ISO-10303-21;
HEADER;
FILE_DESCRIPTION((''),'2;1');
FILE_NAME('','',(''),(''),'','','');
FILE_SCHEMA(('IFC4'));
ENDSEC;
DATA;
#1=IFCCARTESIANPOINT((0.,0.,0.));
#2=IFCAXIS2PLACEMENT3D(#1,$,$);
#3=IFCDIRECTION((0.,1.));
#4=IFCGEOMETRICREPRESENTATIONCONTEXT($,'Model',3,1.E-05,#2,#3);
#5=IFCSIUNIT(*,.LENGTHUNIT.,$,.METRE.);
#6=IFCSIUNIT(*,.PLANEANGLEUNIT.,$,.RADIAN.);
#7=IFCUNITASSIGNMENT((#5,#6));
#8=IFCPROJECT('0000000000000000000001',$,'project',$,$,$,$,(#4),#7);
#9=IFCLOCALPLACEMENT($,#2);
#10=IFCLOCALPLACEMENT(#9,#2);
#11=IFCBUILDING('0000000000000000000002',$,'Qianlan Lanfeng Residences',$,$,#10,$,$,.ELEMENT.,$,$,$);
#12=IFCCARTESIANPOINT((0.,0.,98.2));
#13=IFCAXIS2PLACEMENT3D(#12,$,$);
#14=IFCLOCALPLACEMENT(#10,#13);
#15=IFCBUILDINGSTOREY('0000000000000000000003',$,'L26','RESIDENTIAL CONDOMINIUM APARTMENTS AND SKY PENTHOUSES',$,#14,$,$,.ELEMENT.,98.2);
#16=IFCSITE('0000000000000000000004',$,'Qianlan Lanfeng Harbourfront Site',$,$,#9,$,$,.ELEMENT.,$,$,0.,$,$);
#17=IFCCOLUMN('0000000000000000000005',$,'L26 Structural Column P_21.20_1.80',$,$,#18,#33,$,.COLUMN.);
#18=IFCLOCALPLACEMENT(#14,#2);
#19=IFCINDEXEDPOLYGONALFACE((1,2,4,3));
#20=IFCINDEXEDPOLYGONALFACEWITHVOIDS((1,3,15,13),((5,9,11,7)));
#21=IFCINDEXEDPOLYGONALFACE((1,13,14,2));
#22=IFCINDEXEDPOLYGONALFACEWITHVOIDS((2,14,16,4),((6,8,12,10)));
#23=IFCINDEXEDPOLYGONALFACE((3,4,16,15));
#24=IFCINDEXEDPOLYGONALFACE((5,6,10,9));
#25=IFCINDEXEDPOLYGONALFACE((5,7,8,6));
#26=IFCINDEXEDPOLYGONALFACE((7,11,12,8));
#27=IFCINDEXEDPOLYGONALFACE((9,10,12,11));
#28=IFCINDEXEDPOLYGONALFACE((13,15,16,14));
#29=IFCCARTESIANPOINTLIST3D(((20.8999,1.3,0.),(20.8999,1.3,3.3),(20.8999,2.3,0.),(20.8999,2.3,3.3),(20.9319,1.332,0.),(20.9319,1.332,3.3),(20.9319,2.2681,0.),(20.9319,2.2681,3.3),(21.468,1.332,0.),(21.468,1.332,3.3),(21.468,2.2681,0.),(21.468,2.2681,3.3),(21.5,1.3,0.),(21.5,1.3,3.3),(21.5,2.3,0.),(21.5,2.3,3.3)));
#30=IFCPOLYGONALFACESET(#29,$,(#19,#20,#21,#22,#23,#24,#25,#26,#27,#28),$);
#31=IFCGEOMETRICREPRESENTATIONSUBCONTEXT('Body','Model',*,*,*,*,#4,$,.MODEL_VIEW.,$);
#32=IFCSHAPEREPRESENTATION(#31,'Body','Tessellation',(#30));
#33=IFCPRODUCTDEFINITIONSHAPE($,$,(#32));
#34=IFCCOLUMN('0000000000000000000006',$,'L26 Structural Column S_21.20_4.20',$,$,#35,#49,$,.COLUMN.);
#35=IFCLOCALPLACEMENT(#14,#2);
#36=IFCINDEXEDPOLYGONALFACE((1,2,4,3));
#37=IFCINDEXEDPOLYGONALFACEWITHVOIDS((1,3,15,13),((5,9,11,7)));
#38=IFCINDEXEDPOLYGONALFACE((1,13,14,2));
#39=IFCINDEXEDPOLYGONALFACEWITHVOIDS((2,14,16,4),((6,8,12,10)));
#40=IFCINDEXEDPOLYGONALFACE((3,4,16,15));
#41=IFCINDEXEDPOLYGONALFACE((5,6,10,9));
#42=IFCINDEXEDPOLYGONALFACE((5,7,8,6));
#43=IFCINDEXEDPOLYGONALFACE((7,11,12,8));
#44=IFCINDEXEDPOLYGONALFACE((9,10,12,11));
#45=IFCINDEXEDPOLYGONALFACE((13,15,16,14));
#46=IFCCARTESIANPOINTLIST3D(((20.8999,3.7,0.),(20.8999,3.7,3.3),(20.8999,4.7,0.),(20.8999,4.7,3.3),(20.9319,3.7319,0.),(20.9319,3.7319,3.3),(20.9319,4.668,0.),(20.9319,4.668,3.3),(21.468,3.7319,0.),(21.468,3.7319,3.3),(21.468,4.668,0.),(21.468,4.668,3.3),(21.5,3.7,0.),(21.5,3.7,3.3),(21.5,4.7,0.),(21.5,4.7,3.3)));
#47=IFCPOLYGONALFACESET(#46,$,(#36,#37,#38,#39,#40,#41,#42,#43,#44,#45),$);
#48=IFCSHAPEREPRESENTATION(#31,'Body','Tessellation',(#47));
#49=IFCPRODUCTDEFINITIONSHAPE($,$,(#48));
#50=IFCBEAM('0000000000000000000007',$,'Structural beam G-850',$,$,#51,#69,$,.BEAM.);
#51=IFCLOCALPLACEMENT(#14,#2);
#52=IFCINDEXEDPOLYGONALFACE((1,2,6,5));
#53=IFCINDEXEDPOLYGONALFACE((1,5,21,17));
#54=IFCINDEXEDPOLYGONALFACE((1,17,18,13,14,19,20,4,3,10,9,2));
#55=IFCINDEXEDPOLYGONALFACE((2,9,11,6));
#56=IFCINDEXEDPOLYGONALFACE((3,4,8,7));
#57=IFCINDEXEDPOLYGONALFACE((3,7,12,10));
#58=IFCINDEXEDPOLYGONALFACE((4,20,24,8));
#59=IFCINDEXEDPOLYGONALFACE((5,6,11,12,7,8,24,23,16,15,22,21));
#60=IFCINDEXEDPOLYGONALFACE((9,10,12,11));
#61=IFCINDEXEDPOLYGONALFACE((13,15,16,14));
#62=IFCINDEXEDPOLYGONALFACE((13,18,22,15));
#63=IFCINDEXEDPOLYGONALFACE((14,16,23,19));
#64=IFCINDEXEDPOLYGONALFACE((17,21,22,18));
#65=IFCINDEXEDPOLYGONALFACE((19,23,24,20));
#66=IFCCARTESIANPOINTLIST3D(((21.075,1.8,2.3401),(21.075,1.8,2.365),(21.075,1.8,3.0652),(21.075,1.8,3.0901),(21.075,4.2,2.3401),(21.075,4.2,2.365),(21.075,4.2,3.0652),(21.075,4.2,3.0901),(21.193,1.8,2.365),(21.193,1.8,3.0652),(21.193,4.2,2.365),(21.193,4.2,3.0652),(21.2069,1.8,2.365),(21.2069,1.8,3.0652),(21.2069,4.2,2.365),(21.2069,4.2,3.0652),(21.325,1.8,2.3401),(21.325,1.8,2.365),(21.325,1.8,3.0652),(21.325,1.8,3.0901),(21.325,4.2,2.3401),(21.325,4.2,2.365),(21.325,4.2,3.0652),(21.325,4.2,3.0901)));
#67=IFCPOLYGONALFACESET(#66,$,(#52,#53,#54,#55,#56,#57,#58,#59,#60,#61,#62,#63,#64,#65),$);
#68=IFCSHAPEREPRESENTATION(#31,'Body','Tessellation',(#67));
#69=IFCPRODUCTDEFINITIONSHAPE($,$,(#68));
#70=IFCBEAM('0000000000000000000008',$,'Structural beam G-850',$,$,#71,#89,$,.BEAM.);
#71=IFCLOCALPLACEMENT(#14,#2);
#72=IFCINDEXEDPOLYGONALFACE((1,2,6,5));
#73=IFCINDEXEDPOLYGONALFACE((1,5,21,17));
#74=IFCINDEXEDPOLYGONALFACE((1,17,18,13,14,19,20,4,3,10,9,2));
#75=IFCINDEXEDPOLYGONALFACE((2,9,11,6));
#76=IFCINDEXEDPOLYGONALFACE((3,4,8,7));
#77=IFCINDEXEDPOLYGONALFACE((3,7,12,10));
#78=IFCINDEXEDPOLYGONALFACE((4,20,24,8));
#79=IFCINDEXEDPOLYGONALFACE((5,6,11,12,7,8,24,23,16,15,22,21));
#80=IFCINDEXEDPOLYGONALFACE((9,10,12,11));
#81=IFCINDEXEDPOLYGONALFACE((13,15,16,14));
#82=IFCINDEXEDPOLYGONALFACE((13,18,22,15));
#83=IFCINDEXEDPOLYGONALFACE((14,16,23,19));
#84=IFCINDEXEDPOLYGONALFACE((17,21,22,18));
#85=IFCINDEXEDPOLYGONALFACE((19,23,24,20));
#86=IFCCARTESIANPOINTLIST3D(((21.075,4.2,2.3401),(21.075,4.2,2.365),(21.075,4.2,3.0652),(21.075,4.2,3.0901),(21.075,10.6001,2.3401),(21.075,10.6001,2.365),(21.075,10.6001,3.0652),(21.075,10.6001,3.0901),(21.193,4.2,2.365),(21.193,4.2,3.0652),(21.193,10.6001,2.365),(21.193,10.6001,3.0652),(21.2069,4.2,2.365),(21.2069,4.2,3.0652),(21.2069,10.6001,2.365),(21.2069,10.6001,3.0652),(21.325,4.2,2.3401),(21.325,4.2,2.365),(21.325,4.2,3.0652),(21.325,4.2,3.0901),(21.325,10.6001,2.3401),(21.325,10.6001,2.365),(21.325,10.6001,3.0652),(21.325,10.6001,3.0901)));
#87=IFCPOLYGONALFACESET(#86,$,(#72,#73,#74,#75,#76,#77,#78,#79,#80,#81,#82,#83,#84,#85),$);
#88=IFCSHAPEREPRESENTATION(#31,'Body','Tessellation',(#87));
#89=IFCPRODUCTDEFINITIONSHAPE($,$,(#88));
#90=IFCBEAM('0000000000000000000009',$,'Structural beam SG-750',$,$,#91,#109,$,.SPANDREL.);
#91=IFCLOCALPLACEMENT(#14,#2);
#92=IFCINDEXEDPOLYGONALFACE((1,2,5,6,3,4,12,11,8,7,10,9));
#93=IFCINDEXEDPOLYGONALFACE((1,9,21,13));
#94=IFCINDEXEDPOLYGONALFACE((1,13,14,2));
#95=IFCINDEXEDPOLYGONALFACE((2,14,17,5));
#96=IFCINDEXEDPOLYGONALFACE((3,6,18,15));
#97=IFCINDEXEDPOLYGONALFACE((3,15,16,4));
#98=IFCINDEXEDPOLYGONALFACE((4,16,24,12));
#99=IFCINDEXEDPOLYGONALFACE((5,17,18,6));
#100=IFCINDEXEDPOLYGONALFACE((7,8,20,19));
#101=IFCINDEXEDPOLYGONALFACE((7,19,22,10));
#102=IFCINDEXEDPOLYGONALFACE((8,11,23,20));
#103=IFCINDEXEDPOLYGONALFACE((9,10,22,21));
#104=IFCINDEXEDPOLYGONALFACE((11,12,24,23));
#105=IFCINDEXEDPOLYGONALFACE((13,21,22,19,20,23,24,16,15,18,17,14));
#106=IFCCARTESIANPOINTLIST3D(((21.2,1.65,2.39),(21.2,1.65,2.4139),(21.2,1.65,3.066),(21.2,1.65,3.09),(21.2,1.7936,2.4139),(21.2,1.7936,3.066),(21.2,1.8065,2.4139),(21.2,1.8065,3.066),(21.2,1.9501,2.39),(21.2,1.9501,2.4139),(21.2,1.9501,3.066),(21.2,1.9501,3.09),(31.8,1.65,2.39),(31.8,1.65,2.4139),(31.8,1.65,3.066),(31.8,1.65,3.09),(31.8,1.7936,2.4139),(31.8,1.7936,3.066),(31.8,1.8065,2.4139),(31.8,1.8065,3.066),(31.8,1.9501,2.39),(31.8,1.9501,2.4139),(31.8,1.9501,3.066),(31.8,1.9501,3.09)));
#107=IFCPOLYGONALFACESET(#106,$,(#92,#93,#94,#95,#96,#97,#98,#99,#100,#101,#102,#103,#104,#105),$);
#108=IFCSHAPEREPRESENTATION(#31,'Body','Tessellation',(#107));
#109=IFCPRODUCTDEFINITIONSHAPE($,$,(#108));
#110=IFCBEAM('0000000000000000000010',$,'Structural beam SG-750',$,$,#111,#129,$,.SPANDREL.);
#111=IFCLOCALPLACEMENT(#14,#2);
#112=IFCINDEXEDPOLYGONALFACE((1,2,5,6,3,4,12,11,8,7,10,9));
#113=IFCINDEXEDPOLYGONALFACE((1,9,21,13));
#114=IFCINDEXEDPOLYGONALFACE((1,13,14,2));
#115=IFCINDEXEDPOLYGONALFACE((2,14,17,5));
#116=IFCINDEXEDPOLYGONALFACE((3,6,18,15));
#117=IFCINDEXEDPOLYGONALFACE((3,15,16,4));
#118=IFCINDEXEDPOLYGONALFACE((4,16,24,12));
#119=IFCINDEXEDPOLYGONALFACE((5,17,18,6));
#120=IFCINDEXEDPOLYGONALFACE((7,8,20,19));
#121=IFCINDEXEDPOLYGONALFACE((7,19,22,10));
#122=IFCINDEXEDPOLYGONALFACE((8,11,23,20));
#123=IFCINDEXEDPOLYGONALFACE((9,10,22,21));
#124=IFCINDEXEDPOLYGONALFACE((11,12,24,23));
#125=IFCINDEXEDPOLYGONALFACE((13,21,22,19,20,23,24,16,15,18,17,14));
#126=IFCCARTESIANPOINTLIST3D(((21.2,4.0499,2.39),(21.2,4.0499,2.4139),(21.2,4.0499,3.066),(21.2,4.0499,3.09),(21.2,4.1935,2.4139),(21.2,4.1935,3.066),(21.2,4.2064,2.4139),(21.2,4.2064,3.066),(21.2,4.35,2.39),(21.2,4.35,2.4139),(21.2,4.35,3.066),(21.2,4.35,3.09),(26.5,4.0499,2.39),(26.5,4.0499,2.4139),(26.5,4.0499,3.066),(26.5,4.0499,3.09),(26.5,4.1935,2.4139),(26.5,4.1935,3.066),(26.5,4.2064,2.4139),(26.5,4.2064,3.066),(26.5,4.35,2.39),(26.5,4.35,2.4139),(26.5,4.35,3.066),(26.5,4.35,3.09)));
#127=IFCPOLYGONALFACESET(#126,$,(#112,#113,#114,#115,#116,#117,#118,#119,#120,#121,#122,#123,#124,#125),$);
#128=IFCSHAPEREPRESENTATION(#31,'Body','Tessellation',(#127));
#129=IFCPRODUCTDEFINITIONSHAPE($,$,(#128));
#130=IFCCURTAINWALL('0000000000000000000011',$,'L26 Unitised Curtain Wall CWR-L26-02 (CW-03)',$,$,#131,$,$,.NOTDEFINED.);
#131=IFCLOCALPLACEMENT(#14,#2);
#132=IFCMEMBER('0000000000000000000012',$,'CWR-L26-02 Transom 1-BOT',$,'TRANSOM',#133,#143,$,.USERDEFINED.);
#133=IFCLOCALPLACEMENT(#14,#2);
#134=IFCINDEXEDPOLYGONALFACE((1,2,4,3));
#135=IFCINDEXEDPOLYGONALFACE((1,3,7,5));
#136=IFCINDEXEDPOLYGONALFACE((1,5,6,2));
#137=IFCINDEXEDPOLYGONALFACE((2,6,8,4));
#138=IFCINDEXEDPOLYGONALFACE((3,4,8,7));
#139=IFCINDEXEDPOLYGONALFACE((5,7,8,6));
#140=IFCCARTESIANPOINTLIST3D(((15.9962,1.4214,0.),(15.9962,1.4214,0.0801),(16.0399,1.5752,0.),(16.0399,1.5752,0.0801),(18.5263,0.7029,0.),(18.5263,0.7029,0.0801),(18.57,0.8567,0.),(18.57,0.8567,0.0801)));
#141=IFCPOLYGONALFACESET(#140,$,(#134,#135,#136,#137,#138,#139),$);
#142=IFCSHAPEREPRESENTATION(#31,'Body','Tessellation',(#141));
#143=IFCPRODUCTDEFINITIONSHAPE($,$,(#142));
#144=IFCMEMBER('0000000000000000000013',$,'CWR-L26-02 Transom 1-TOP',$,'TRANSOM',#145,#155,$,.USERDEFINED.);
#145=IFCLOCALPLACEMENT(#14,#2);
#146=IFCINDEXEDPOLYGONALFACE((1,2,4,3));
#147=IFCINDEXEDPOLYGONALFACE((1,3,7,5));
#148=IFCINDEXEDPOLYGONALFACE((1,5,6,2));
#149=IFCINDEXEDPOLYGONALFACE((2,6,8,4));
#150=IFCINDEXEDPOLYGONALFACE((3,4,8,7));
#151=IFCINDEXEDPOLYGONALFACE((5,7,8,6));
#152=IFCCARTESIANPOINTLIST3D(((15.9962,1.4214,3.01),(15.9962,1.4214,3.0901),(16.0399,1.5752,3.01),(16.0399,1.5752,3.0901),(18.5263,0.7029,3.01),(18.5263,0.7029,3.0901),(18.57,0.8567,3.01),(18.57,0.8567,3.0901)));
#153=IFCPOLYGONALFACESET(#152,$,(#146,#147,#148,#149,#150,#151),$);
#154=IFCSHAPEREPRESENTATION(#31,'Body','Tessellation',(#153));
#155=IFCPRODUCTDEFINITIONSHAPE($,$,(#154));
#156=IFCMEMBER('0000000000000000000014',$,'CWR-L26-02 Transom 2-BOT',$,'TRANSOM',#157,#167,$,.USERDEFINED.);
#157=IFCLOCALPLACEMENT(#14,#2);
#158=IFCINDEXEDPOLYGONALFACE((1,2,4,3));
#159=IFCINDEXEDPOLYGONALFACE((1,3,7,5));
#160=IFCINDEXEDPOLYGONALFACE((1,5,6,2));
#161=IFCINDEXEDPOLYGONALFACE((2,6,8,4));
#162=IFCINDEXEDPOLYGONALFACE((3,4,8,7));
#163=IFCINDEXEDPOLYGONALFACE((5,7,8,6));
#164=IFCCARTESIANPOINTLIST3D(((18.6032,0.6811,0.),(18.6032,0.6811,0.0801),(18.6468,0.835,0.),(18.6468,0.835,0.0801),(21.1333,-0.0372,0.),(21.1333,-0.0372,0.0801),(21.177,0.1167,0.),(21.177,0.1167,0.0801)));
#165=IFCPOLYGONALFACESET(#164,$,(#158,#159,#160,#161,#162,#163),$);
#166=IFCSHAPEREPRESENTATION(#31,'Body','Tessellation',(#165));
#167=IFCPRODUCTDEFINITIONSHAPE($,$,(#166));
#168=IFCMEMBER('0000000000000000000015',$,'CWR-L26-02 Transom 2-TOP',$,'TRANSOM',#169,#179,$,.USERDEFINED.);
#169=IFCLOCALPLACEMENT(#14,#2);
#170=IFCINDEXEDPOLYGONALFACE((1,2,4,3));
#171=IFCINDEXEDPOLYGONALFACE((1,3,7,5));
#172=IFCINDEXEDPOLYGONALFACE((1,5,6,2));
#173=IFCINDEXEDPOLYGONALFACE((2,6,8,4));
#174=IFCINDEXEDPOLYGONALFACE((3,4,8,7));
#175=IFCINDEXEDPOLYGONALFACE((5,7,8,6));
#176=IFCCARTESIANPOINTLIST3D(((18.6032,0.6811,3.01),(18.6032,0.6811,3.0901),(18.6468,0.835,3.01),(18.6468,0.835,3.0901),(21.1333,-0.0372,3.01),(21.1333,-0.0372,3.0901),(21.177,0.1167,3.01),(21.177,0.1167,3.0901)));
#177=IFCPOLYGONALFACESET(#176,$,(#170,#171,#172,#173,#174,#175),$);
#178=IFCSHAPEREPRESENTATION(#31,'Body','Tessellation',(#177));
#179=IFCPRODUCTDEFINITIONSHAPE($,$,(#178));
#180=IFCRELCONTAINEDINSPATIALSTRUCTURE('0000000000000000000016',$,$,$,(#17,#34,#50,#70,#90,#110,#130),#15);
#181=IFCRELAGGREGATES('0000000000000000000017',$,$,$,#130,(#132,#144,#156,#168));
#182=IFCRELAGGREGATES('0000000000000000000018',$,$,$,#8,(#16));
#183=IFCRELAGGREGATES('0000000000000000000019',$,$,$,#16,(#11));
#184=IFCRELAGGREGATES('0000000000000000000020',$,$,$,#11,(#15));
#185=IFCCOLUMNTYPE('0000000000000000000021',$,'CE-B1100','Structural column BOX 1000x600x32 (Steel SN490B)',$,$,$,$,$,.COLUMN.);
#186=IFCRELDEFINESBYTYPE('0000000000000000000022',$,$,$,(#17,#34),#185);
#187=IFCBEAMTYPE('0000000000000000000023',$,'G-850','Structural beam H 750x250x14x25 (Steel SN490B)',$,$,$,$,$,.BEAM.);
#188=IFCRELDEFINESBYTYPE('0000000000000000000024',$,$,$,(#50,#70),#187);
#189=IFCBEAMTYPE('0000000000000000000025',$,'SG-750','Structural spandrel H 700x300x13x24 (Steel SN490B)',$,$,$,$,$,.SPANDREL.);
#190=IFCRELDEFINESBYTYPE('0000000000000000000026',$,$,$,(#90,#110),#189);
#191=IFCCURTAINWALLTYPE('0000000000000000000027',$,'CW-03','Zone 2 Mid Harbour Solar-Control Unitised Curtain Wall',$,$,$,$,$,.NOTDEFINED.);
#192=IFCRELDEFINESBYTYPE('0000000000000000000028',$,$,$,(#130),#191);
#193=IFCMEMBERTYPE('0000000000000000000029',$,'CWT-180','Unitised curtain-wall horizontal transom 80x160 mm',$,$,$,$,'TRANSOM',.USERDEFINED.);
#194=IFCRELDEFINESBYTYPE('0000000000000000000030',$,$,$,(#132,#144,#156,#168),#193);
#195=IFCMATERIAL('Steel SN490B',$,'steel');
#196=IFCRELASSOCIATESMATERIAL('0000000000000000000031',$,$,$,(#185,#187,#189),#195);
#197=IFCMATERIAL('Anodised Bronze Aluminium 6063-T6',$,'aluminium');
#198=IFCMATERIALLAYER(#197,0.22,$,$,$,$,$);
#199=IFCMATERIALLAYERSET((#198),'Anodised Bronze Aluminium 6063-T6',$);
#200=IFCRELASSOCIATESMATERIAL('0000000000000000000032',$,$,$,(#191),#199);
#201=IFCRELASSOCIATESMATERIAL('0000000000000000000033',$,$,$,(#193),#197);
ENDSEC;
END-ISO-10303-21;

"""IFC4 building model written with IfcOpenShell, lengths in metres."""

from ifc_helpers import new_model, si_unit, direction, frame, origin, origin_2d, place, context, subcontext, project, spatial, rectangle, hollow_rectangle, i_section, extrude, source, transform, mapped, material, layer, layer_set, material_profile, profile_set, type_object, element, aggregate, save


model = new_model("IFC4")

# Units and contexts
model_context = context("Model", 3, precision=1e-05, world=origin(), true_north=direction((0.0, 1.0)))
body_context = subcontext(model_context, "Body", "Model", "MODEL_VIEW")
ifc_project = project(units=[si_unit("LENGTHUNIT", "METRE"), si_unit("PLANEANGLEUNIT", "RADIAN")], contexts=[model_context])

# Site, building, storey
site_placement = place(None, origin())
site = spatial("IfcSite", under=ifc_project, at=site_placement, Name="Qianlan Lanfeng Harbourfront Site", CompositionType="ELEMENT", RefElevation=0.0)
building_placement = place(site_placement, origin())
building = spatial("IfcBuilding", under=site, at=building_placement, Name="Qianlan Lanfeng Residences", CompositionType="ELEMENT")
storey_placement = place(building_placement, frame((0.0, 0.0, 98.2)))
storey = spatial("IfcBuildingStorey", under=building, at=storey_placement, Name="L26", Description="RESIDENTIAL CONDOMINIUM APARTMENTS AND SKY PENTHOUSES", CompositionType="ELEMENT", Elevation=98.2)

# Columns
ifc_material_1 = material(Name="Steel SN490B", Category="steel")
ifc_material_profile_1 = material_profile(ifc_material_1, hollow_rectangle(XDim=0.6001, YDim=1.0, WallThickness=0.032, at=origin_2d()), Name="BOX 1000x600x32")
ifc_profile_set_1 = profile_set([ifc_material_profile_1], Name="Steel SN490B")
column_type = type_object("IfcColumnType", Name="CE-B1100", Description="Structural column BOX 1000x600x32 (Steel SN490B)", PredefinedType="COLUMN", material=ifc_profile_set_1)
for number, where, z_axis, x_axis, name in (
    (1, (21.2, 1.8, 0.0), (0.0, 0.0, 1.0), (1.0, 0.0, 0.0), "L26 Structural Column P_21.20_1.80"),
    (2, (21.2, 4.2, 0.0), (0.0, 0.0, 1.0), (1.0, 0.0, 0.0), "L26 Structural Column S_21.20_4.20"),
):
    element("IfcColumn", number, at=place(storey_placement, frame(where, z_axis=z_axis, x_axis=x_axis)), inside=storey, type_object=column_type, Name=name, PredefinedType="COLUMN", context=body_context, shape_type="SweptSolid", body=[
        extrude(hollow_rectangle(XDim=0.6001, YDim=1.0, WallThickness=0.032, at=origin_2d()), origin(), (0.0, 0.0, 1.0), 3.3),
    ])

# Beams
ifc_material_profile_2 = material_profile(ifc_material_1, i_section(OverallWidth=0.25, OverallDepth=0.75, WebThickness=0.0139, FlangeThickness=0.0249, at=origin_2d()), Name="H 750x250x14x25")
ifc_profile_set_2 = profile_set([ifc_material_profile_2], Name="Steel SN490B")
beam_type_1 = type_object("IfcBeamType", Name="G-850", Description="Structural beam H 750x250x14x25 (Steel SN490B)", PredefinedType="BEAM", material=ifc_profile_set_2)
beam_1_placement = place(storey_placement, frame((21.2, 1.8, 2.7151), z_axis=(0.0, 1.0, 0.0), x_axis=(-1.0, 0.0, 0.0)))
element("IfcBeam", 3, at=beam_1_placement, inside=storey, type_object=beam_type_1, Name="Structural beam G-850", PredefinedType="BEAM", context=body_context, shape_type="SweptSolid", body=[
    extrude(i_section(OverallWidth=0.25, OverallDepth=0.75, WebThickness=0.0139, FlangeThickness=0.0249, at=origin_2d()), origin(), (0.0, 0.0, 1.0), 2.3999),
])
beam_2_placement = place(storey_placement, frame((21.2, 4.2, 2.7151), z_axis=(0.0, 1.0, 0.0), x_axis=(-1.0, 0.0, 0.0)))
element("IfcBeam", 4, at=beam_2_placement, inside=storey, type_object=beam_type_1, Name="Structural beam G-850", PredefinedType="BEAM", context=body_context, shape_type="SweptSolid", body=[
    extrude(i_section(OverallWidth=0.25, OverallDepth=0.75, WebThickness=0.0139, FlangeThickness=0.0249, at=origin_2d()), origin(), (0.0, 0.0, 1.0), 6.4001),
])
ifc_material_profile_3 = material_profile(ifc_material_1, i_section(OverallWidth=0.3, OverallDepth=0.7, WebThickness=0.0129, FlangeThickness=0.0239, at=origin_2d()), Name="H 700x300x13x24")
ifc_profile_set_3 = profile_set([ifc_material_profile_3], Name="Steel SN490B")
beam_type_2 = type_object("IfcBeamType", Name="SG-750", Description="Structural spandrel H 700x300x13x24 (Steel SN490B)", PredefinedType="SPANDREL", material=ifc_profile_set_3)
beam_3_placement = place(storey_placement, frame((21.2, 1.8, 2.74), z_axis=(1.0, 0.0, 0.0), x_axis=(0.0, 1.0, 0.0)))
element("IfcBeam", 5, at=beam_3_placement, inside=storey, type_object=beam_type_2, Name="Structural beam SG-750", PredefinedType="SPANDREL", context=body_context, shape_type="SweptSolid", body=[
    extrude(i_section(OverallWidth=0.3, OverallDepth=0.7, WebThickness=0.0129, FlangeThickness=0.0239, at=origin_2d()), origin(), (0.0, 0.0, 1.0), 10.6001),
])
beam_4_placement = place(storey_placement, frame((21.2, 4.2, 2.74), z_axis=(1.0, 0.0, 0.0), x_axis=(0.0, 1.0, 0.0)))
element("IfcBeam", 6, at=beam_4_placement, inside=storey, type_object=beam_type_2, Name="Structural beam SG-750", PredefinedType="SPANDREL", context=body_context, shape_type="SweptSolid", body=[
    extrude(i_section(OverallWidth=0.3, OverallDepth=0.7, WebThickness=0.0129, FlangeThickness=0.0239, at=origin_2d()), origin(), (0.0, 0.0, 1.0), 5.3),
])

# Curtain wall, members
ifc_material_2 = material(Name="Anodised Bronze Aluminium 6063-T6", Category="aluminium")
ifc_layer_1 = layer(ifc_material_2, 0.22)
ifc_layer_set_1 = layer_set([ifc_layer_1], Name="Anodised Bronze Aluminium 6063-T6")
curtain_wall_type = type_object("IfcCurtainWallType", Name="CW-03", Description="Zone 2 Mid Harbour Solar-Control Unitised Curtain Wall", PredefinedType="NOTDEFINED", material=ifc_layer_set_1)
curtain_wall_1_placement = place(storey_placement, origin())
curtain_wall_1 = element("IfcCurtainWall", 7, at=curtain_wall_1_placement, inside=storey, type_object=curtain_wall_type, Name="L26 Unitised Curtain Wall CWR-L26-02 (CW-03)", PredefinedType="NOTDEFINED")
ifc_material_profile_4 = material_profile(ifc_material_2, rectangle(XDim=0.0801, YDim=0.1599, at=origin_2d()), Name="ALU TRANSOM 80x160")
ifc_profile_set_4 = profile_set([ifc_material_profile_4], Name="Anodised Bronze Aluminium 6063-T6")
member_type_1 = type_object("IfcMemberType", Name="CWT-180", Description="Unitised curtain-wall horizontal transom 80x160 mm", ElementType="TRANSOM", PredefinedType="USERDEFINED", material=ifc_profile_set_4)
shared_shape_1 = source(origin(), body_context, "Body", "SweptSolid", [
    extrude(rectangle(XDim=0.0801, YDim=0.1599, at=origin_2d()), origin(), (0.0, 0.0, 1.0), 2.6301),
])
member_1_placement = place(storey_placement, frame((16.0181, 1.4983, 0.04), z_axis=(0.961961, -0.273188, 0.0), x_axis=(0.0, 0.0, 1.0)))
member_1 = element("IfcMember", 8, at=member_1_placement, type_object=member_type_1, Name="CWR-L26-02 Transom 1-BOT", ObjectType="TRANSOM", PredefinedType="USERDEFINED", context=body_context, shape_type="MappedRepresentation", body=[
    mapped(shared_shape_1, transform((0.0, 0.0, 0.0), scale=1.0)),
])
member_2_placement = place(storey_placement, frame((16.0181, 1.4983, 3.05), z_axis=(0.961961, -0.273188, 0.0), x_axis=(0.0, 0.0, 1.0)))
member_2 = element("IfcMember", 9, at=member_2_placement, type_object=member_type_1, Name="CWR-L26-02 Transom 1-TOP", ObjectType="TRANSOM", PredefinedType="USERDEFINED", context=body_context, shape_type="MappedRepresentation", body=[
    mapped(shared_shape_1, transform((0.0, 0.0, 0.0), scale=1.0)),
])
member_3_placement = place(storey_placement, frame((18.625, 0.7581, 0.04), z_axis=(0.961985, -0.273102, 0.0), x_axis=(0.0, 0.0, 1.0)))
member_3 = element("IfcMember", 10, at=member_3_placement, type_object=member_type_1, Name="CWR-L26-02 Transom 2-BOT", ObjectType="TRANSOM", PredefinedType="USERDEFINED", context=body_context, shape_type="MappedRepresentation", body=[
    mapped(shared_shape_1, transform((0.0, 0.0, 0.0), scale=1.0)),
])
member_4_placement = place(storey_placement, frame((18.625, 0.7581, 3.05), z_axis=(0.961985, -0.273102, 0.0), x_axis=(0.0, 0.0, 1.0)))
member_4 = element("IfcMember", 11, at=member_4_placement, type_object=member_type_1, Name="CWR-L26-02 Transom 2-TOP", ObjectType="TRANSOM", PredefinedType="USERDEFINED", context=body_context, shape_type="MappedRepresentation", body=[
    mapped(shared_shape_1, transform((0.0, 0.0, 0.0), scale=1.0)),
])

aggregate(curtain_wall_1, [member_1, member_2, member_3, member_4])

save(model, "model.ifc")
